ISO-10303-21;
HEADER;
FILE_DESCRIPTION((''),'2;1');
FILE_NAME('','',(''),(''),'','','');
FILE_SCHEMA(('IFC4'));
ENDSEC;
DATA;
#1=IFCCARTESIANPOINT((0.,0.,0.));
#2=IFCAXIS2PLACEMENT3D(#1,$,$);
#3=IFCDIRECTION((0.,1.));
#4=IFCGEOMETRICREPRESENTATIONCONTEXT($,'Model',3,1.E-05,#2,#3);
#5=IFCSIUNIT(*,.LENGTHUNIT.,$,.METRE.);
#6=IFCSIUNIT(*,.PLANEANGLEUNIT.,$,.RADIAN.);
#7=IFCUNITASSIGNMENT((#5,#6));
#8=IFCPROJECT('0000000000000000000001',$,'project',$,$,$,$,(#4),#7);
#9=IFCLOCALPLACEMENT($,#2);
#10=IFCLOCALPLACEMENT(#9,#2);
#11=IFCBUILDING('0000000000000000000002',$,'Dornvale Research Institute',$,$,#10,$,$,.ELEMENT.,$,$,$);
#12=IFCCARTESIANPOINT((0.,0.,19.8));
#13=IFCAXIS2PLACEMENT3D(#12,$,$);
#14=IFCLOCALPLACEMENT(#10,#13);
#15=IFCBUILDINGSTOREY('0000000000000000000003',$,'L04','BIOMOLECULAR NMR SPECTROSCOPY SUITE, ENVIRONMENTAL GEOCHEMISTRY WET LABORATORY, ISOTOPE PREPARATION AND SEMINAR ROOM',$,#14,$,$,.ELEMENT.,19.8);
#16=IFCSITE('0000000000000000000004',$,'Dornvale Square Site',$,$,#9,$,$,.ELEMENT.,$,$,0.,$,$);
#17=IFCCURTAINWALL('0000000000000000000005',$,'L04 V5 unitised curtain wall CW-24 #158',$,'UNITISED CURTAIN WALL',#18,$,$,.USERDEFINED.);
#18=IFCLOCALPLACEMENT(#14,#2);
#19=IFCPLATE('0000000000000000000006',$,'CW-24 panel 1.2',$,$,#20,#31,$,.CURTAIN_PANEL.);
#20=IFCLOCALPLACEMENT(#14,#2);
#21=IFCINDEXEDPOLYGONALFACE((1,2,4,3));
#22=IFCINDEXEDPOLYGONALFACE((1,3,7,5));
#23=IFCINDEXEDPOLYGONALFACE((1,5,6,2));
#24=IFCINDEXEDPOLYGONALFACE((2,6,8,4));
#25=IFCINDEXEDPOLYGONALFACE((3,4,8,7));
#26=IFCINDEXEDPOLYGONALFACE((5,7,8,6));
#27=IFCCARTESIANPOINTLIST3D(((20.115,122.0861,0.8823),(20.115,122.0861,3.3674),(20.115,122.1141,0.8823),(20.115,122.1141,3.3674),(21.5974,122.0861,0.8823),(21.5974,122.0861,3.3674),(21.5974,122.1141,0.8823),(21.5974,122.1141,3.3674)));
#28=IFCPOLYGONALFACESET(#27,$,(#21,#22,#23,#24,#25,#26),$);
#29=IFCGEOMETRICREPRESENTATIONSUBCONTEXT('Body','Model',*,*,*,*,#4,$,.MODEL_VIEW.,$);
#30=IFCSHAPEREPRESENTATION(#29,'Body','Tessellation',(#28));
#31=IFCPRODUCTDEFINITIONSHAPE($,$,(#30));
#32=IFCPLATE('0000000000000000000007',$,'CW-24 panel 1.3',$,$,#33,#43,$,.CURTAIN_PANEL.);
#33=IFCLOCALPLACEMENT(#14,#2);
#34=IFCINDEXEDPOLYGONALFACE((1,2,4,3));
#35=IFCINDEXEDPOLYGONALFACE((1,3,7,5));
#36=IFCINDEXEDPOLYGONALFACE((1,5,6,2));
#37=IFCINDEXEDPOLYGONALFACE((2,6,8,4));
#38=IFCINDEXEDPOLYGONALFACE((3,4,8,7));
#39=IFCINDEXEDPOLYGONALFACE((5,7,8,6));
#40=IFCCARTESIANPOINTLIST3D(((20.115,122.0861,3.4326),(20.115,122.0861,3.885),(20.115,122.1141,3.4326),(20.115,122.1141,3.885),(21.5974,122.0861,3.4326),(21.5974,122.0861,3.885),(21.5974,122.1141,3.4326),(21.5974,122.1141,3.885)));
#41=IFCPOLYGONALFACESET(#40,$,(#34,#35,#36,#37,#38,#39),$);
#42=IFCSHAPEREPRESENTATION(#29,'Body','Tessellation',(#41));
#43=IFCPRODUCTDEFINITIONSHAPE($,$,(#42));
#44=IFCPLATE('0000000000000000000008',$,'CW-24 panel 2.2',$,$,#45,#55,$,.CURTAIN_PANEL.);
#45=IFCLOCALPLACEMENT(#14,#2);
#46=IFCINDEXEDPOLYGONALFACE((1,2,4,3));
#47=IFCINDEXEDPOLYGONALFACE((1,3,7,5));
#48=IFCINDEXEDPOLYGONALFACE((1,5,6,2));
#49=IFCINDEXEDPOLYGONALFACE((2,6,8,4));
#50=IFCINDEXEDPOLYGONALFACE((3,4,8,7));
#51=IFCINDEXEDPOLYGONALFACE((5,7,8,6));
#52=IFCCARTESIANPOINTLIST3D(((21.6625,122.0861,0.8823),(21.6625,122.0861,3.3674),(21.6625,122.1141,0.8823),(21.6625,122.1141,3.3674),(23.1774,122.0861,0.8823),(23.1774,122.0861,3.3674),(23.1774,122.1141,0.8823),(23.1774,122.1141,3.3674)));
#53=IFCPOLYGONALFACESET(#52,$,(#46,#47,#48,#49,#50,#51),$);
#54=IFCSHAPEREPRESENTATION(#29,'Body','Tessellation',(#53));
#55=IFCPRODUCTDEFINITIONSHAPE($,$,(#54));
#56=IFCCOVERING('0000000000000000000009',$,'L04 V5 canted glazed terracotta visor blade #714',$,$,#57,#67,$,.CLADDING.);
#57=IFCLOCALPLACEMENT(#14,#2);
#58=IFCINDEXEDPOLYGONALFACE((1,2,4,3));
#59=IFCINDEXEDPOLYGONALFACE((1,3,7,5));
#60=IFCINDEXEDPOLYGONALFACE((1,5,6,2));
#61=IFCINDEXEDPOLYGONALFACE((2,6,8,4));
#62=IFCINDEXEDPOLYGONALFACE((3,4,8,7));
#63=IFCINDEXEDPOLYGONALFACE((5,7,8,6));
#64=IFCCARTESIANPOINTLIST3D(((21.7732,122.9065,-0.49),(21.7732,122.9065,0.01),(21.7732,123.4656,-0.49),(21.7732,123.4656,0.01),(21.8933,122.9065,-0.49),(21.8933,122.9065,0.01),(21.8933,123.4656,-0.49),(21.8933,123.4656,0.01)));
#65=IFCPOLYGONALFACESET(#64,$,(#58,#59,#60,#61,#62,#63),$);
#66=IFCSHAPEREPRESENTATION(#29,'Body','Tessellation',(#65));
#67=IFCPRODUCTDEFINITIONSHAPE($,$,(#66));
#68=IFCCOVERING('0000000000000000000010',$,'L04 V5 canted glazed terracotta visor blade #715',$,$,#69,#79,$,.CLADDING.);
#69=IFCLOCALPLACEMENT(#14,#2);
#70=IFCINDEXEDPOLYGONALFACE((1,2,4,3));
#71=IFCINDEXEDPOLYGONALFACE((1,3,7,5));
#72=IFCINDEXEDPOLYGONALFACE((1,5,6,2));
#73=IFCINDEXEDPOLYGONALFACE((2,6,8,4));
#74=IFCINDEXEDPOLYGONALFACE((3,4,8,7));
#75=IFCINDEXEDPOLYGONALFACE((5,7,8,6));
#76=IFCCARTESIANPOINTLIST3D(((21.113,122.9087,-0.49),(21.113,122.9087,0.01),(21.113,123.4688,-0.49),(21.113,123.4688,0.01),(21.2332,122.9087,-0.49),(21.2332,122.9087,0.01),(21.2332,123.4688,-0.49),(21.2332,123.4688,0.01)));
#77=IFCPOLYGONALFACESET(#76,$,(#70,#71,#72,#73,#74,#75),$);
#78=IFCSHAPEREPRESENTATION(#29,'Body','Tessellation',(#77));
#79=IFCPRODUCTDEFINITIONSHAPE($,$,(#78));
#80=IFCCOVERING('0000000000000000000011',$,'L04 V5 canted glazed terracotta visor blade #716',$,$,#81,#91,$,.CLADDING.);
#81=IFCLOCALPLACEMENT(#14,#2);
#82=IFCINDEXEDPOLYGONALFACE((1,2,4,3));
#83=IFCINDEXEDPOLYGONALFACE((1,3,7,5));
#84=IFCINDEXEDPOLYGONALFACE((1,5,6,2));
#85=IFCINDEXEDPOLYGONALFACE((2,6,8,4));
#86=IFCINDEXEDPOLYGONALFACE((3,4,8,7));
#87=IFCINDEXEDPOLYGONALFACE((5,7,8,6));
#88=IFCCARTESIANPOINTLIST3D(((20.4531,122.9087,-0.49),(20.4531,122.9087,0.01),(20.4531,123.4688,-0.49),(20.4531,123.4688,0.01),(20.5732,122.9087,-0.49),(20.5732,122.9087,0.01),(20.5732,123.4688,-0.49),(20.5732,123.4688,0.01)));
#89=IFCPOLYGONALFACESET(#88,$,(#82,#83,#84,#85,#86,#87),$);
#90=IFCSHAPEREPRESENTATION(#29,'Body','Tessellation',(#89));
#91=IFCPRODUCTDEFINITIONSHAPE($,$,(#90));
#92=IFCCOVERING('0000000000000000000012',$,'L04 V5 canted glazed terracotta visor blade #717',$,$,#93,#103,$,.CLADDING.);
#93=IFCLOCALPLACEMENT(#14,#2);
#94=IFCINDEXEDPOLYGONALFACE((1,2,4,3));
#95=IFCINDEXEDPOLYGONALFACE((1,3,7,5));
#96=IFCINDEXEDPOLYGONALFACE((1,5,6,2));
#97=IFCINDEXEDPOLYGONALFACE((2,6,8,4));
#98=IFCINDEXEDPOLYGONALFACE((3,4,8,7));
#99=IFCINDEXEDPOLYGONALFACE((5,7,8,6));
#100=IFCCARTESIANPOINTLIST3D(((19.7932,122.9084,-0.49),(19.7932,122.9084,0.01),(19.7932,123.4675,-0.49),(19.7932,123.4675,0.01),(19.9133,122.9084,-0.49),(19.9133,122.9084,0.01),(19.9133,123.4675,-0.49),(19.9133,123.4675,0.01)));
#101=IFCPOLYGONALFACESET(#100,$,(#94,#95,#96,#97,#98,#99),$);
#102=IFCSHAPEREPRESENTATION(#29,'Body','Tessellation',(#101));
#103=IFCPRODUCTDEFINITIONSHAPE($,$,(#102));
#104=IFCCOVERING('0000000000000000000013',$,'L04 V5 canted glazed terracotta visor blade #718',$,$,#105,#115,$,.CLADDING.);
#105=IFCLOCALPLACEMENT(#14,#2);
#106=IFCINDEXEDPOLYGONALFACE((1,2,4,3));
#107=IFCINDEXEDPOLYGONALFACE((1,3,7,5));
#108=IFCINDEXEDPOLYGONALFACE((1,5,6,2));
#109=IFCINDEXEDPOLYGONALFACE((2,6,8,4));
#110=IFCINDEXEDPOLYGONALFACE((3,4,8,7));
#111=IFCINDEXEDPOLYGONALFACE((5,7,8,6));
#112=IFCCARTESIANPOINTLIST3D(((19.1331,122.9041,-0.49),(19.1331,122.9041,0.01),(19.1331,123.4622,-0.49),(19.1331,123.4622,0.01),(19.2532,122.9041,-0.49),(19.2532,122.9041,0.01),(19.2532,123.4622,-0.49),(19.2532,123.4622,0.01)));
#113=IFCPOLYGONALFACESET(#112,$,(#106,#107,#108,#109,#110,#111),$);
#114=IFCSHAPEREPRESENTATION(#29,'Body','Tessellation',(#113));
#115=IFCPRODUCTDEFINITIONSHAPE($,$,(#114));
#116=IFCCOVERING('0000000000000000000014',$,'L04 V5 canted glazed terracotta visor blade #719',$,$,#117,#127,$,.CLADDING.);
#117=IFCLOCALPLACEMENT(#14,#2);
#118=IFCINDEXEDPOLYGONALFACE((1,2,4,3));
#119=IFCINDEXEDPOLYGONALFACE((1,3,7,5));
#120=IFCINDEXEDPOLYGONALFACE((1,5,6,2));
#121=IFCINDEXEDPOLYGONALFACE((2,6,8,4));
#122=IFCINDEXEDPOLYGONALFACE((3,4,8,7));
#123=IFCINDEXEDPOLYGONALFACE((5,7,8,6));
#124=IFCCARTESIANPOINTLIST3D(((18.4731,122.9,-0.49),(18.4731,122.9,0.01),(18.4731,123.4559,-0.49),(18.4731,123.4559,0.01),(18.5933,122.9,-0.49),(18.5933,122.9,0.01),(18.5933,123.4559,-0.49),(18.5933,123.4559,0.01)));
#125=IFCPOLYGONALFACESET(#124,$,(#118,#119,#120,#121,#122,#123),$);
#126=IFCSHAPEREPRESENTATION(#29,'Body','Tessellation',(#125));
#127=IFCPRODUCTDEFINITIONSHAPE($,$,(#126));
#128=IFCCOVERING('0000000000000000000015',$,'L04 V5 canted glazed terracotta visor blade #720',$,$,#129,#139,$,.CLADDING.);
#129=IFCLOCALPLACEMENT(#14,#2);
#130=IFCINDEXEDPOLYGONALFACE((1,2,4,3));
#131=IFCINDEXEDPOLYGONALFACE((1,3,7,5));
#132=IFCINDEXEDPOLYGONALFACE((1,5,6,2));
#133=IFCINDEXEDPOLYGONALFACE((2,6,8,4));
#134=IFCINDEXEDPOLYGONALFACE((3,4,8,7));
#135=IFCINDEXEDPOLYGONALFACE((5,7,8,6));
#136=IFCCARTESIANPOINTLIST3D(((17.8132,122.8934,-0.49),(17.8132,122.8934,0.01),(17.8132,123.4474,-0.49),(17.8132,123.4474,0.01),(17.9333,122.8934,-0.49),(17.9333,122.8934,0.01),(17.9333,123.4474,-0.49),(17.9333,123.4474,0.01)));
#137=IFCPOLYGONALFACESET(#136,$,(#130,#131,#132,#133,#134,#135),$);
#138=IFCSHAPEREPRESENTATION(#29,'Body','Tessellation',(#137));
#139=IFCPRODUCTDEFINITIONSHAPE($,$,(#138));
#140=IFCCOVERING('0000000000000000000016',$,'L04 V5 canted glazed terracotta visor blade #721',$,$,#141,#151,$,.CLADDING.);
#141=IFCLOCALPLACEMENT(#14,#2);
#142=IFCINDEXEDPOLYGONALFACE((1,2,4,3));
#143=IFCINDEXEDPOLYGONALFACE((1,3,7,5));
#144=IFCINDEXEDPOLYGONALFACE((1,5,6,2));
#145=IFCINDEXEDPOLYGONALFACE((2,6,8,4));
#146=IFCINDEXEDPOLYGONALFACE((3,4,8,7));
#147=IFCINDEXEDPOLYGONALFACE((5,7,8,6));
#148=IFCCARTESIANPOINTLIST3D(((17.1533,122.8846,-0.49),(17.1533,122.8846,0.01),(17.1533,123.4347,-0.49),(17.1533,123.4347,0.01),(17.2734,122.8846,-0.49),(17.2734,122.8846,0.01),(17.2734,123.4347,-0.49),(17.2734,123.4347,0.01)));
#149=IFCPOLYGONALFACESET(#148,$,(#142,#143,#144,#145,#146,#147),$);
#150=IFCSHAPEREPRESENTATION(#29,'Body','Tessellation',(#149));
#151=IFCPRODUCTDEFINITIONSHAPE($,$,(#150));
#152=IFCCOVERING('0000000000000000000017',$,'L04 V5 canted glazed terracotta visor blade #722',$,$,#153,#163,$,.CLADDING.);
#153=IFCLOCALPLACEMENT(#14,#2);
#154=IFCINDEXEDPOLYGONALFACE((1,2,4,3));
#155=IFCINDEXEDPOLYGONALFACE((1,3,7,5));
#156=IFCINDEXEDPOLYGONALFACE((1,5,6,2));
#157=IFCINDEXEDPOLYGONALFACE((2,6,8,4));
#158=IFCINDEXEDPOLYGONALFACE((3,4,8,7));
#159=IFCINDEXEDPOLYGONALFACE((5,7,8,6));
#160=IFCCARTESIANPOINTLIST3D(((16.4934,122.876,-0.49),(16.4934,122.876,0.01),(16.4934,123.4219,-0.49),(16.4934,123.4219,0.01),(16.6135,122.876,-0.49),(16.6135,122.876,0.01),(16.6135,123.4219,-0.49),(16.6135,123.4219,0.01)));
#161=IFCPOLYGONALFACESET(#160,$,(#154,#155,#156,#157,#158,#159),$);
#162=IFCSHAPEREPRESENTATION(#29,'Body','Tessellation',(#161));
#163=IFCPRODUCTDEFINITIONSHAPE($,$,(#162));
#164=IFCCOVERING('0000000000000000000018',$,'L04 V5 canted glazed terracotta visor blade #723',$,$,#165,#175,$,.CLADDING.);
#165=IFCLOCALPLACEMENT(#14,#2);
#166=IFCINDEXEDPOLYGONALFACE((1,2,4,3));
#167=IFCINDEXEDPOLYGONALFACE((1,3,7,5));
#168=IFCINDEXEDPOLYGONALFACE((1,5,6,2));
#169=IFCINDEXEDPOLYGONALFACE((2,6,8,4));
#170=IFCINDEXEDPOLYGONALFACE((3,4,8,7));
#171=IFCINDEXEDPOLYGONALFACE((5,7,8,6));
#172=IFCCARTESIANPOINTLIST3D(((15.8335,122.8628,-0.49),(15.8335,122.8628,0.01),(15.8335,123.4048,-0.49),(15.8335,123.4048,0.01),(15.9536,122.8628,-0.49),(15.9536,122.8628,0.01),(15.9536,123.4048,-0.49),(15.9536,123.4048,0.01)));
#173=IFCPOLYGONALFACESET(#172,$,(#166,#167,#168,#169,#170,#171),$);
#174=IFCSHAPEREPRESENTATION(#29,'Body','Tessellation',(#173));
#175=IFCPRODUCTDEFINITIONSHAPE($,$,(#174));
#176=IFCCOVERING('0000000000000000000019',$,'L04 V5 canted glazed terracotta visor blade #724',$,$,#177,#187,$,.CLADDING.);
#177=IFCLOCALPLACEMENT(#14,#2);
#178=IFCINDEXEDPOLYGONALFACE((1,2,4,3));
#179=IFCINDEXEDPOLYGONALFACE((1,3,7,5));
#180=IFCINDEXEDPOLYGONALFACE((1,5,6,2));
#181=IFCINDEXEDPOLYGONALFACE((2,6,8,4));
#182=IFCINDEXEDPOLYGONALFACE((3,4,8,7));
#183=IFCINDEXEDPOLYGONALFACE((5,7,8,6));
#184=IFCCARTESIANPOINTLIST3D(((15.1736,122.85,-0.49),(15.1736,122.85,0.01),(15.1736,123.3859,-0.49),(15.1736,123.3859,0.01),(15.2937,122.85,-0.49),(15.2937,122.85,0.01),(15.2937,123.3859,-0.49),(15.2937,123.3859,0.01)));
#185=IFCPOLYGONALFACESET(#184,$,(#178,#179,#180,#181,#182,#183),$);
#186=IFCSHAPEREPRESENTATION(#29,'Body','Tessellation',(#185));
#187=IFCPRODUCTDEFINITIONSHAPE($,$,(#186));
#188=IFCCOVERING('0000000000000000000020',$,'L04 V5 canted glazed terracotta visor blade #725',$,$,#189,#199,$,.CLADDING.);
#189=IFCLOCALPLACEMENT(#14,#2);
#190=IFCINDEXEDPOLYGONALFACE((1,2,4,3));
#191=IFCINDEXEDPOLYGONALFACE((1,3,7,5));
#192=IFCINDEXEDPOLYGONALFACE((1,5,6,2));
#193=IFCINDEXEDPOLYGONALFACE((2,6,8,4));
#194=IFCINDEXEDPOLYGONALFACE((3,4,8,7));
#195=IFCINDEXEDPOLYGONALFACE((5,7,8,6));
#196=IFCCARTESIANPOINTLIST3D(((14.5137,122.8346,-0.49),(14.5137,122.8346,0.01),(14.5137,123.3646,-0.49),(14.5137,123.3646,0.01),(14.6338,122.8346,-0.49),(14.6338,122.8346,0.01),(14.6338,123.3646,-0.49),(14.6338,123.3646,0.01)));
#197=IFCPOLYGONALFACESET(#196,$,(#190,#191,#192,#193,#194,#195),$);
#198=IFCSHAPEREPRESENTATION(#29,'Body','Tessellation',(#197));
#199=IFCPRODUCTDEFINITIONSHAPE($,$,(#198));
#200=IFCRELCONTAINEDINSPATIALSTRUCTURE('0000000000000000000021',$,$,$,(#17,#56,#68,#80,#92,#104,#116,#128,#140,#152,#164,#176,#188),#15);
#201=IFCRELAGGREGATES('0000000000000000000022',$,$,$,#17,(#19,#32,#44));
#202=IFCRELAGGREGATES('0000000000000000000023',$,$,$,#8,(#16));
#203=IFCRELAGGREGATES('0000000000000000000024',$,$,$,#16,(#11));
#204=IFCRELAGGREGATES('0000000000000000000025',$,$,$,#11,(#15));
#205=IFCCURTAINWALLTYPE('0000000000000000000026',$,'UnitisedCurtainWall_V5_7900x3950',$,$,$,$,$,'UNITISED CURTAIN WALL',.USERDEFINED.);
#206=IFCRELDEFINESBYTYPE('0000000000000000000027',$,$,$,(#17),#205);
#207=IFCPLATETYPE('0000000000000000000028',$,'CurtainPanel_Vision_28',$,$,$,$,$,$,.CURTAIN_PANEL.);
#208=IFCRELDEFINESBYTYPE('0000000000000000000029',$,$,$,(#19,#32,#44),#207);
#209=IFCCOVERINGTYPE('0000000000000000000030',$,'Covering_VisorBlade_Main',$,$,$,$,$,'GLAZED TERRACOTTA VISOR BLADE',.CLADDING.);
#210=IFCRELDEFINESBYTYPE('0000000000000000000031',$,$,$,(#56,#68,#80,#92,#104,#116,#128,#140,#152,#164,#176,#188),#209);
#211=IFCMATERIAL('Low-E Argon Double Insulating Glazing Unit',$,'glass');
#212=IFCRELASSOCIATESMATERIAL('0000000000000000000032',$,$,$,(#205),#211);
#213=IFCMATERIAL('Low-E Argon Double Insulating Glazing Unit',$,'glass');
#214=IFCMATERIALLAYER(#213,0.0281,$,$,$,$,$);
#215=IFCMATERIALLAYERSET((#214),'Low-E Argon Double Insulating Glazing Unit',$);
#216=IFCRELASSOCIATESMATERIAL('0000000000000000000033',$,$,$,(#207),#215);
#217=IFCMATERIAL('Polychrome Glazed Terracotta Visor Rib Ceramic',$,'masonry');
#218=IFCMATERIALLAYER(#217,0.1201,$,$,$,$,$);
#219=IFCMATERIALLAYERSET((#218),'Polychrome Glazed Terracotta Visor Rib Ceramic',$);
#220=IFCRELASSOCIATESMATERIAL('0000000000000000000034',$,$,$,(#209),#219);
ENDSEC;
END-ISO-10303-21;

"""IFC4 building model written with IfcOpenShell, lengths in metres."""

from ifc_helpers import new_model, si_unit, direction, frame, origin, origin_2d, place, context, subcontext, project, spatial, rectangle, extrude, material, layer, layer_set, type_object, element, aggregate, save


model = new_model("IFC4")

# Units and contexts
model_context = context("Model", 3, precision=1e-05, world=origin(), true_north=direction((0.0, 1.0)))
body_context = subcontext(model_context, "Body", "Model", "MODEL_VIEW")
ifc_project = project(units=[si_unit("LENGTHUNIT", "METRE"), si_unit("PLANEANGLEUNIT", "RADIAN")], contexts=[model_context])

# Site, building, storey
site_placement = place(None, origin())
site = spatial("IfcSite", under=ifc_project, at=site_placement, Name="Dornvale Square Site", CompositionType="ELEMENT", RefElevation=0.0)
building_placement = place(site_placement, origin())
building = spatial("IfcBuilding", under=site, at=building_placement, Name="Dornvale Research Institute", CompositionType="ELEMENT")
storey_placement = place(building_placement, frame((0.0, 0.0, 19.8)))
storey = spatial("IfcBuildingStorey", under=building, at=storey_placement, Name="L04", Description="BIOMOLECULAR NMR SPECTROSCOPY SUITE, ENVIRONMENTAL GEOCHEMISTRY WET LABORATORY, ISOTOPE PREPARATION AND SEMINAR ROOM", CompositionType="ELEMENT", Elevation=19.8)

# Curtain wall
ifc_material_1 = material(Name="Low-E Argon Double Insulating Glazing Unit", Category="glass")
curtain_wall_type = type_object("IfcCurtainWallType", Name="UnitisedCurtainWall_V5_7900x3950", ElementType="UNITISED CURTAIN WALL", PredefinedType="USERDEFINED", material=ifc_material_1)
curtain_wall_placement = place(storey_placement, origin())
curtain_wall = element("IfcCurtainWall", 1, at=curtain_wall_placement, inside=storey, type_object=curtain_wall_type, Name="L04 V5 unitised curtain wall CW-24 #158", ObjectType="UNITISED CURTAIN WALL", PredefinedType="USERDEFINED")

# Plates
ifc_material_2 = material(Name="Low-E Argon Double Insulating Glazing Unit", Category="glass")
ifc_layer_1 = layer(ifc_material_2, 0.0281)
ifc_layer_set_1 = layer_set([ifc_layer_1], Name="Low-E Argon Double Insulating Glazing Unit")
plate_type_1 = type_object("IfcPlateType", Name="CurtainPanel_Vision_28", PredefinedType="CURTAIN_PANEL", material=ifc_layer_set_1)
plate_1_placement = place(storey_placement, frame((20.8562, 122.1001, 0.8823), z_axis=(0.0, 0.0, 1.0), x_axis=(1.0, 0.0, 0.0)))
plate_1 = element("IfcPlate", 2, at=plate_1_placement, type_object=plate_type_1, Name="CW-24 panel 1.2", PredefinedType="CURTAIN_PANEL", context=body_context, shape_type="SweptSolid", body=[
    extrude(rectangle(XDim=1.4824, YDim=0.0281, at=origin_2d()), origin(), (0.0, 0.0, 1.0), 2.4851),
])
plate_2_placement = place(storey_placement, frame((20.8562, 122.1001, 3.4326), z_axis=(0.0, 0.0, 1.0), x_axis=(1.0, 0.0, 0.0)))
plate_2 = element("IfcPlate", 3, at=plate_2_placement, type_object=plate_type_1, Name="CW-24 panel 1.3", PredefinedType="CURTAIN_PANEL", context=body_context, shape_type="SweptSolid", body=[
    extrude(rectangle(XDim=1.4824, YDim=0.0281, at=origin_2d()), origin(), (0.0, 0.0, 1.0), 0.4524),
])
plate_3_placement = place(storey_placement, frame((22.4199, 122.1001, 0.8823), z_axis=(0.0, 0.0, 1.0), x_axis=(1.0, 0.0, 0.0)))
plate_3 = element("IfcPlate", 4, at=plate_3_placement, type_object=plate_type_1, Name="CW-24 panel 2.2", PredefinedType="CURTAIN_PANEL", context=body_context, shape_type="SweptSolid", body=[
    extrude(rectangle(XDim=1.5149, YDim=0.0281, at=origin_2d()), origin(), (0.0, 0.0, 1.0), 2.4851),
])
aggregate(curtain_wall, [plate_1, plate_2, plate_3])

# Coverings
ifc_material_3 = material(Name="Polychrome Glazed Terracotta Visor Rib Ceramic", Category="masonry")
ifc_layer_2 = layer(ifc_material_3, 0.1201)
ifc_layer_set_2 = layer_set([ifc_layer_2], Name="Polychrome Glazed Terracotta Visor Rib Ceramic")
covering_type = type_object("IfcCoveringType", Name="Covering_VisorBlade_Main", ElementType="GLAZED TERRACOTTA VISOR BLADE", PredefinedType="CLADDING", material=ifc_layer_set_2)
covering_1_placement = place(storey_placement, frame((21.8333, 123.186, -0.49), z_axis=(0.0, 0.0, 1.0), x_axis=(0.0, 1.0, 0.0)))
element("IfcCovering", 5, at=covering_1_placement, inside=storey, type_object=covering_type, Name="L04 V5 canted glazed terracotta visor blade #714", PredefinedType="CLADDING", context=body_context, shape_type="SweptSolid", body=[
    extrude(rectangle(XDim=0.5591, YDim=0.1201, at=origin_2d()), origin(), (0.0, 0.0, 1.0), 0.5),
])
for number, where, z_axis, x_axis, name in (
    (6, (21.1731, 123.1887, -0.49), (0.0, 0.0, 1.0), (0.0, 1.0, 0.0), "L04 V5 canted glazed terracotta visor blade #715"),
    (7, (20.5132, 123.1887, -0.49), (0.0, 0.0, 1.0), (0.0, 1.0, 0.0), "L04 V5 canted glazed terracotta visor blade #716"),
):
    element("IfcCovering", number, at=place(storey_placement, frame(where, z_axis=z_axis, x_axis=x_axis)), inside=storey, type_object=covering_type, Name=name, PredefinedType="CLADDING", context=body_context, shape_type="SweptSolid", body=[
        extrude(rectangle(XDim=0.5601, YDim=0.1201, at=origin_2d()), origin(), (0.0, 0.0, 1.0), 0.5),
    ])
covering_2_placement = place(storey_placement, frame((19.8533, 123.188, -0.49), z_axis=(0.0, 0.0, 1.0), x_axis=(0.0, 1.0, 0.0)))
element("IfcCovering", 8, at=covering_2_placement, inside=storey, type_object=covering_type, Name="L04 V5 canted glazed terracotta visor blade #717", PredefinedType="CLADDING", context=body_context, shape_type="SweptSolid", body=[
    extrude(rectangle(XDim=0.5591, YDim=0.1201, at=origin_2d()), origin(), (0.0, 0.0, 1.0), 0.5),
])
covering_3_placement = place(storey_placement, frame((19.1931, 123.1831, -0.49), z_axis=(0.0, 0.0, 1.0), x_axis=(0.0, 1.0, 0.0)))
element("IfcCovering", 9, at=covering_3_placement, inside=storey, type_object=covering_type, Name="L04 V5 canted glazed terracotta visor blade #718", PredefinedType="CLADDING", context=body_context, shape_type="SweptSolid", body=[
    extrude(rectangle(XDim=0.5581, YDim=0.1201, at=origin_2d()), origin(), (0.0, 0.0, 1.0), 0.5),
])
covering_4_placement = place(storey_placement, frame((18.5332, 123.178, -0.49), z_axis=(0.0, 0.0, 1.0), x_axis=(0.0, 1.0, 0.0)))
element("IfcCovering", 10, at=covering_4_placement, inside=storey, type_object=covering_type, Name="L04 V5 canted glazed terracotta visor blade #719", PredefinedType="CLADDING", context=body_context, shape_type="SweptSolid", body=[
    extrude(rectangle(XDim=0.5559, YDim=0.1201, at=origin_2d()), origin(), (0.0, 0.0, 1.0), 0.5),
])
covering_5_placement = place(storey_placement, frame((17.8733, 123.1704, -0.49), z_axis=(0.0, 0.0, 1.0), x_axis=(0.0, 1.0, 0.0)))
element("IfcCovering", 11, at=covering_5_placement, inside=storey, type_object=covering_type, Name="L04 V5 canted glazed terracotta visor blade #720", PredefinedType="CLADDING", context=body_context, shape_type="SweptSolid", body=[
    extrude(rectangle(XDim=0.554, YDim=0.1201, at=origin_2d()), origin(), (0.0, 0.0, 1.0), 0.5),
])
covering_6_placement = place(storey_placement, frame((17.2134, 123.1597, -0.49), z_axis=(0.0, 0.0, 1.0), x_axis=(0.0, 1.0, 0.0)))
element("IfcCovering", 12, at=covering_6_placement, inside=storey, type_object=covering_type, Name="L04 V5 canted glazed terracotta visor blade #721", PredefinedType="CLADDING", context=body_context, shape_type="SweptSolid", body=[
    extrude(rectangle(XDim=0.55, YDim=0.1201, at=origin_2d()), origin(), (0.0, 0.0, 1.0), 0.5),
])
covering_7_placement = place(storey_placement, frame((16.5535, 123.1489, -0.49), z_axis=(0.0, 0.0, 1.0), x_axis=(0.0, 1.0, 0.0)))
element("IfcCovering", 13, at=covering_7_placement, inside=storey, type_object=covering_type, Name="L04 V5 canted glazed terracotta visor blade #722", PredefinedType="CLADDING", context=body_context, shape_type="SweptSolid", body=[
    extrude(rectangle(XDim=0.5459, YDim=0.1201, at=origin_2d()), origin(), (0.0, 0.0, 1.0), 0.5),
])
covering_8_placement = place(storey_placement, frame((15.8936, 123.1338, -0.49), z_axis=(0.0, 0.0, 1.0), x_axis=(0.0, 1.0, 0.0)))
element("IfcCovering", 14, at=covering_8_placement, inside=storey, type_object=covering_type, Name="L04 V5 canted glazed terracotta visor blade #723", PredefinedType="CLADDING", context=body_context, shape_type="SweptSolid", body=[
    extrude(rectangle(XDim=0.542, YDim=0.1201, at=origin_2d()), origin(), (0.0, 0.0, 1.0), 0.5),
])
covering_9_placement = place(storey_placement, frame((15.2336, 123.1179, -0.49), z_axis=(0.0, 0.0, 1.0), x_axis=(0.0, 1.0, 0.0)))
element("IfcCovering", 15, at=covering_9_placement, inside=storey, type_object=covering_type, Name="L04 V5 canted glazed terracotta visor blade #724", PredefinedType="CLADDING", context=body_context, shape_type="SweptSolid", body=[
    extrude(rectangle(XDim=0.5359, YDim=0.1201, at=origin_2d()), origin(), (0.0, 0.0, 1.0), 0.5),
])
covering_10_placement = place(storey_placement, frame((14.5737, 123.0996, -0.49), z_axis=(0.0, 0.0, 1.0), x_axis=(0.0, 1.0, 0.0)))
element("IfcCovering", 16, at=covering_10_placement, inside=storey, type_object=covering_type, Name="L04 V5 canted glazed terracotta visor blade #725", PredefinedType="CLADDING", context=body_context, shape_type="SweptSolid", body=[
    extrude(rectangle(XDim=0.53, YDim=0.1201, at=origin_2d()), origin(), (0.0, 0.0, 1.0), 0.5),
])

save(model, "model.ifc")
